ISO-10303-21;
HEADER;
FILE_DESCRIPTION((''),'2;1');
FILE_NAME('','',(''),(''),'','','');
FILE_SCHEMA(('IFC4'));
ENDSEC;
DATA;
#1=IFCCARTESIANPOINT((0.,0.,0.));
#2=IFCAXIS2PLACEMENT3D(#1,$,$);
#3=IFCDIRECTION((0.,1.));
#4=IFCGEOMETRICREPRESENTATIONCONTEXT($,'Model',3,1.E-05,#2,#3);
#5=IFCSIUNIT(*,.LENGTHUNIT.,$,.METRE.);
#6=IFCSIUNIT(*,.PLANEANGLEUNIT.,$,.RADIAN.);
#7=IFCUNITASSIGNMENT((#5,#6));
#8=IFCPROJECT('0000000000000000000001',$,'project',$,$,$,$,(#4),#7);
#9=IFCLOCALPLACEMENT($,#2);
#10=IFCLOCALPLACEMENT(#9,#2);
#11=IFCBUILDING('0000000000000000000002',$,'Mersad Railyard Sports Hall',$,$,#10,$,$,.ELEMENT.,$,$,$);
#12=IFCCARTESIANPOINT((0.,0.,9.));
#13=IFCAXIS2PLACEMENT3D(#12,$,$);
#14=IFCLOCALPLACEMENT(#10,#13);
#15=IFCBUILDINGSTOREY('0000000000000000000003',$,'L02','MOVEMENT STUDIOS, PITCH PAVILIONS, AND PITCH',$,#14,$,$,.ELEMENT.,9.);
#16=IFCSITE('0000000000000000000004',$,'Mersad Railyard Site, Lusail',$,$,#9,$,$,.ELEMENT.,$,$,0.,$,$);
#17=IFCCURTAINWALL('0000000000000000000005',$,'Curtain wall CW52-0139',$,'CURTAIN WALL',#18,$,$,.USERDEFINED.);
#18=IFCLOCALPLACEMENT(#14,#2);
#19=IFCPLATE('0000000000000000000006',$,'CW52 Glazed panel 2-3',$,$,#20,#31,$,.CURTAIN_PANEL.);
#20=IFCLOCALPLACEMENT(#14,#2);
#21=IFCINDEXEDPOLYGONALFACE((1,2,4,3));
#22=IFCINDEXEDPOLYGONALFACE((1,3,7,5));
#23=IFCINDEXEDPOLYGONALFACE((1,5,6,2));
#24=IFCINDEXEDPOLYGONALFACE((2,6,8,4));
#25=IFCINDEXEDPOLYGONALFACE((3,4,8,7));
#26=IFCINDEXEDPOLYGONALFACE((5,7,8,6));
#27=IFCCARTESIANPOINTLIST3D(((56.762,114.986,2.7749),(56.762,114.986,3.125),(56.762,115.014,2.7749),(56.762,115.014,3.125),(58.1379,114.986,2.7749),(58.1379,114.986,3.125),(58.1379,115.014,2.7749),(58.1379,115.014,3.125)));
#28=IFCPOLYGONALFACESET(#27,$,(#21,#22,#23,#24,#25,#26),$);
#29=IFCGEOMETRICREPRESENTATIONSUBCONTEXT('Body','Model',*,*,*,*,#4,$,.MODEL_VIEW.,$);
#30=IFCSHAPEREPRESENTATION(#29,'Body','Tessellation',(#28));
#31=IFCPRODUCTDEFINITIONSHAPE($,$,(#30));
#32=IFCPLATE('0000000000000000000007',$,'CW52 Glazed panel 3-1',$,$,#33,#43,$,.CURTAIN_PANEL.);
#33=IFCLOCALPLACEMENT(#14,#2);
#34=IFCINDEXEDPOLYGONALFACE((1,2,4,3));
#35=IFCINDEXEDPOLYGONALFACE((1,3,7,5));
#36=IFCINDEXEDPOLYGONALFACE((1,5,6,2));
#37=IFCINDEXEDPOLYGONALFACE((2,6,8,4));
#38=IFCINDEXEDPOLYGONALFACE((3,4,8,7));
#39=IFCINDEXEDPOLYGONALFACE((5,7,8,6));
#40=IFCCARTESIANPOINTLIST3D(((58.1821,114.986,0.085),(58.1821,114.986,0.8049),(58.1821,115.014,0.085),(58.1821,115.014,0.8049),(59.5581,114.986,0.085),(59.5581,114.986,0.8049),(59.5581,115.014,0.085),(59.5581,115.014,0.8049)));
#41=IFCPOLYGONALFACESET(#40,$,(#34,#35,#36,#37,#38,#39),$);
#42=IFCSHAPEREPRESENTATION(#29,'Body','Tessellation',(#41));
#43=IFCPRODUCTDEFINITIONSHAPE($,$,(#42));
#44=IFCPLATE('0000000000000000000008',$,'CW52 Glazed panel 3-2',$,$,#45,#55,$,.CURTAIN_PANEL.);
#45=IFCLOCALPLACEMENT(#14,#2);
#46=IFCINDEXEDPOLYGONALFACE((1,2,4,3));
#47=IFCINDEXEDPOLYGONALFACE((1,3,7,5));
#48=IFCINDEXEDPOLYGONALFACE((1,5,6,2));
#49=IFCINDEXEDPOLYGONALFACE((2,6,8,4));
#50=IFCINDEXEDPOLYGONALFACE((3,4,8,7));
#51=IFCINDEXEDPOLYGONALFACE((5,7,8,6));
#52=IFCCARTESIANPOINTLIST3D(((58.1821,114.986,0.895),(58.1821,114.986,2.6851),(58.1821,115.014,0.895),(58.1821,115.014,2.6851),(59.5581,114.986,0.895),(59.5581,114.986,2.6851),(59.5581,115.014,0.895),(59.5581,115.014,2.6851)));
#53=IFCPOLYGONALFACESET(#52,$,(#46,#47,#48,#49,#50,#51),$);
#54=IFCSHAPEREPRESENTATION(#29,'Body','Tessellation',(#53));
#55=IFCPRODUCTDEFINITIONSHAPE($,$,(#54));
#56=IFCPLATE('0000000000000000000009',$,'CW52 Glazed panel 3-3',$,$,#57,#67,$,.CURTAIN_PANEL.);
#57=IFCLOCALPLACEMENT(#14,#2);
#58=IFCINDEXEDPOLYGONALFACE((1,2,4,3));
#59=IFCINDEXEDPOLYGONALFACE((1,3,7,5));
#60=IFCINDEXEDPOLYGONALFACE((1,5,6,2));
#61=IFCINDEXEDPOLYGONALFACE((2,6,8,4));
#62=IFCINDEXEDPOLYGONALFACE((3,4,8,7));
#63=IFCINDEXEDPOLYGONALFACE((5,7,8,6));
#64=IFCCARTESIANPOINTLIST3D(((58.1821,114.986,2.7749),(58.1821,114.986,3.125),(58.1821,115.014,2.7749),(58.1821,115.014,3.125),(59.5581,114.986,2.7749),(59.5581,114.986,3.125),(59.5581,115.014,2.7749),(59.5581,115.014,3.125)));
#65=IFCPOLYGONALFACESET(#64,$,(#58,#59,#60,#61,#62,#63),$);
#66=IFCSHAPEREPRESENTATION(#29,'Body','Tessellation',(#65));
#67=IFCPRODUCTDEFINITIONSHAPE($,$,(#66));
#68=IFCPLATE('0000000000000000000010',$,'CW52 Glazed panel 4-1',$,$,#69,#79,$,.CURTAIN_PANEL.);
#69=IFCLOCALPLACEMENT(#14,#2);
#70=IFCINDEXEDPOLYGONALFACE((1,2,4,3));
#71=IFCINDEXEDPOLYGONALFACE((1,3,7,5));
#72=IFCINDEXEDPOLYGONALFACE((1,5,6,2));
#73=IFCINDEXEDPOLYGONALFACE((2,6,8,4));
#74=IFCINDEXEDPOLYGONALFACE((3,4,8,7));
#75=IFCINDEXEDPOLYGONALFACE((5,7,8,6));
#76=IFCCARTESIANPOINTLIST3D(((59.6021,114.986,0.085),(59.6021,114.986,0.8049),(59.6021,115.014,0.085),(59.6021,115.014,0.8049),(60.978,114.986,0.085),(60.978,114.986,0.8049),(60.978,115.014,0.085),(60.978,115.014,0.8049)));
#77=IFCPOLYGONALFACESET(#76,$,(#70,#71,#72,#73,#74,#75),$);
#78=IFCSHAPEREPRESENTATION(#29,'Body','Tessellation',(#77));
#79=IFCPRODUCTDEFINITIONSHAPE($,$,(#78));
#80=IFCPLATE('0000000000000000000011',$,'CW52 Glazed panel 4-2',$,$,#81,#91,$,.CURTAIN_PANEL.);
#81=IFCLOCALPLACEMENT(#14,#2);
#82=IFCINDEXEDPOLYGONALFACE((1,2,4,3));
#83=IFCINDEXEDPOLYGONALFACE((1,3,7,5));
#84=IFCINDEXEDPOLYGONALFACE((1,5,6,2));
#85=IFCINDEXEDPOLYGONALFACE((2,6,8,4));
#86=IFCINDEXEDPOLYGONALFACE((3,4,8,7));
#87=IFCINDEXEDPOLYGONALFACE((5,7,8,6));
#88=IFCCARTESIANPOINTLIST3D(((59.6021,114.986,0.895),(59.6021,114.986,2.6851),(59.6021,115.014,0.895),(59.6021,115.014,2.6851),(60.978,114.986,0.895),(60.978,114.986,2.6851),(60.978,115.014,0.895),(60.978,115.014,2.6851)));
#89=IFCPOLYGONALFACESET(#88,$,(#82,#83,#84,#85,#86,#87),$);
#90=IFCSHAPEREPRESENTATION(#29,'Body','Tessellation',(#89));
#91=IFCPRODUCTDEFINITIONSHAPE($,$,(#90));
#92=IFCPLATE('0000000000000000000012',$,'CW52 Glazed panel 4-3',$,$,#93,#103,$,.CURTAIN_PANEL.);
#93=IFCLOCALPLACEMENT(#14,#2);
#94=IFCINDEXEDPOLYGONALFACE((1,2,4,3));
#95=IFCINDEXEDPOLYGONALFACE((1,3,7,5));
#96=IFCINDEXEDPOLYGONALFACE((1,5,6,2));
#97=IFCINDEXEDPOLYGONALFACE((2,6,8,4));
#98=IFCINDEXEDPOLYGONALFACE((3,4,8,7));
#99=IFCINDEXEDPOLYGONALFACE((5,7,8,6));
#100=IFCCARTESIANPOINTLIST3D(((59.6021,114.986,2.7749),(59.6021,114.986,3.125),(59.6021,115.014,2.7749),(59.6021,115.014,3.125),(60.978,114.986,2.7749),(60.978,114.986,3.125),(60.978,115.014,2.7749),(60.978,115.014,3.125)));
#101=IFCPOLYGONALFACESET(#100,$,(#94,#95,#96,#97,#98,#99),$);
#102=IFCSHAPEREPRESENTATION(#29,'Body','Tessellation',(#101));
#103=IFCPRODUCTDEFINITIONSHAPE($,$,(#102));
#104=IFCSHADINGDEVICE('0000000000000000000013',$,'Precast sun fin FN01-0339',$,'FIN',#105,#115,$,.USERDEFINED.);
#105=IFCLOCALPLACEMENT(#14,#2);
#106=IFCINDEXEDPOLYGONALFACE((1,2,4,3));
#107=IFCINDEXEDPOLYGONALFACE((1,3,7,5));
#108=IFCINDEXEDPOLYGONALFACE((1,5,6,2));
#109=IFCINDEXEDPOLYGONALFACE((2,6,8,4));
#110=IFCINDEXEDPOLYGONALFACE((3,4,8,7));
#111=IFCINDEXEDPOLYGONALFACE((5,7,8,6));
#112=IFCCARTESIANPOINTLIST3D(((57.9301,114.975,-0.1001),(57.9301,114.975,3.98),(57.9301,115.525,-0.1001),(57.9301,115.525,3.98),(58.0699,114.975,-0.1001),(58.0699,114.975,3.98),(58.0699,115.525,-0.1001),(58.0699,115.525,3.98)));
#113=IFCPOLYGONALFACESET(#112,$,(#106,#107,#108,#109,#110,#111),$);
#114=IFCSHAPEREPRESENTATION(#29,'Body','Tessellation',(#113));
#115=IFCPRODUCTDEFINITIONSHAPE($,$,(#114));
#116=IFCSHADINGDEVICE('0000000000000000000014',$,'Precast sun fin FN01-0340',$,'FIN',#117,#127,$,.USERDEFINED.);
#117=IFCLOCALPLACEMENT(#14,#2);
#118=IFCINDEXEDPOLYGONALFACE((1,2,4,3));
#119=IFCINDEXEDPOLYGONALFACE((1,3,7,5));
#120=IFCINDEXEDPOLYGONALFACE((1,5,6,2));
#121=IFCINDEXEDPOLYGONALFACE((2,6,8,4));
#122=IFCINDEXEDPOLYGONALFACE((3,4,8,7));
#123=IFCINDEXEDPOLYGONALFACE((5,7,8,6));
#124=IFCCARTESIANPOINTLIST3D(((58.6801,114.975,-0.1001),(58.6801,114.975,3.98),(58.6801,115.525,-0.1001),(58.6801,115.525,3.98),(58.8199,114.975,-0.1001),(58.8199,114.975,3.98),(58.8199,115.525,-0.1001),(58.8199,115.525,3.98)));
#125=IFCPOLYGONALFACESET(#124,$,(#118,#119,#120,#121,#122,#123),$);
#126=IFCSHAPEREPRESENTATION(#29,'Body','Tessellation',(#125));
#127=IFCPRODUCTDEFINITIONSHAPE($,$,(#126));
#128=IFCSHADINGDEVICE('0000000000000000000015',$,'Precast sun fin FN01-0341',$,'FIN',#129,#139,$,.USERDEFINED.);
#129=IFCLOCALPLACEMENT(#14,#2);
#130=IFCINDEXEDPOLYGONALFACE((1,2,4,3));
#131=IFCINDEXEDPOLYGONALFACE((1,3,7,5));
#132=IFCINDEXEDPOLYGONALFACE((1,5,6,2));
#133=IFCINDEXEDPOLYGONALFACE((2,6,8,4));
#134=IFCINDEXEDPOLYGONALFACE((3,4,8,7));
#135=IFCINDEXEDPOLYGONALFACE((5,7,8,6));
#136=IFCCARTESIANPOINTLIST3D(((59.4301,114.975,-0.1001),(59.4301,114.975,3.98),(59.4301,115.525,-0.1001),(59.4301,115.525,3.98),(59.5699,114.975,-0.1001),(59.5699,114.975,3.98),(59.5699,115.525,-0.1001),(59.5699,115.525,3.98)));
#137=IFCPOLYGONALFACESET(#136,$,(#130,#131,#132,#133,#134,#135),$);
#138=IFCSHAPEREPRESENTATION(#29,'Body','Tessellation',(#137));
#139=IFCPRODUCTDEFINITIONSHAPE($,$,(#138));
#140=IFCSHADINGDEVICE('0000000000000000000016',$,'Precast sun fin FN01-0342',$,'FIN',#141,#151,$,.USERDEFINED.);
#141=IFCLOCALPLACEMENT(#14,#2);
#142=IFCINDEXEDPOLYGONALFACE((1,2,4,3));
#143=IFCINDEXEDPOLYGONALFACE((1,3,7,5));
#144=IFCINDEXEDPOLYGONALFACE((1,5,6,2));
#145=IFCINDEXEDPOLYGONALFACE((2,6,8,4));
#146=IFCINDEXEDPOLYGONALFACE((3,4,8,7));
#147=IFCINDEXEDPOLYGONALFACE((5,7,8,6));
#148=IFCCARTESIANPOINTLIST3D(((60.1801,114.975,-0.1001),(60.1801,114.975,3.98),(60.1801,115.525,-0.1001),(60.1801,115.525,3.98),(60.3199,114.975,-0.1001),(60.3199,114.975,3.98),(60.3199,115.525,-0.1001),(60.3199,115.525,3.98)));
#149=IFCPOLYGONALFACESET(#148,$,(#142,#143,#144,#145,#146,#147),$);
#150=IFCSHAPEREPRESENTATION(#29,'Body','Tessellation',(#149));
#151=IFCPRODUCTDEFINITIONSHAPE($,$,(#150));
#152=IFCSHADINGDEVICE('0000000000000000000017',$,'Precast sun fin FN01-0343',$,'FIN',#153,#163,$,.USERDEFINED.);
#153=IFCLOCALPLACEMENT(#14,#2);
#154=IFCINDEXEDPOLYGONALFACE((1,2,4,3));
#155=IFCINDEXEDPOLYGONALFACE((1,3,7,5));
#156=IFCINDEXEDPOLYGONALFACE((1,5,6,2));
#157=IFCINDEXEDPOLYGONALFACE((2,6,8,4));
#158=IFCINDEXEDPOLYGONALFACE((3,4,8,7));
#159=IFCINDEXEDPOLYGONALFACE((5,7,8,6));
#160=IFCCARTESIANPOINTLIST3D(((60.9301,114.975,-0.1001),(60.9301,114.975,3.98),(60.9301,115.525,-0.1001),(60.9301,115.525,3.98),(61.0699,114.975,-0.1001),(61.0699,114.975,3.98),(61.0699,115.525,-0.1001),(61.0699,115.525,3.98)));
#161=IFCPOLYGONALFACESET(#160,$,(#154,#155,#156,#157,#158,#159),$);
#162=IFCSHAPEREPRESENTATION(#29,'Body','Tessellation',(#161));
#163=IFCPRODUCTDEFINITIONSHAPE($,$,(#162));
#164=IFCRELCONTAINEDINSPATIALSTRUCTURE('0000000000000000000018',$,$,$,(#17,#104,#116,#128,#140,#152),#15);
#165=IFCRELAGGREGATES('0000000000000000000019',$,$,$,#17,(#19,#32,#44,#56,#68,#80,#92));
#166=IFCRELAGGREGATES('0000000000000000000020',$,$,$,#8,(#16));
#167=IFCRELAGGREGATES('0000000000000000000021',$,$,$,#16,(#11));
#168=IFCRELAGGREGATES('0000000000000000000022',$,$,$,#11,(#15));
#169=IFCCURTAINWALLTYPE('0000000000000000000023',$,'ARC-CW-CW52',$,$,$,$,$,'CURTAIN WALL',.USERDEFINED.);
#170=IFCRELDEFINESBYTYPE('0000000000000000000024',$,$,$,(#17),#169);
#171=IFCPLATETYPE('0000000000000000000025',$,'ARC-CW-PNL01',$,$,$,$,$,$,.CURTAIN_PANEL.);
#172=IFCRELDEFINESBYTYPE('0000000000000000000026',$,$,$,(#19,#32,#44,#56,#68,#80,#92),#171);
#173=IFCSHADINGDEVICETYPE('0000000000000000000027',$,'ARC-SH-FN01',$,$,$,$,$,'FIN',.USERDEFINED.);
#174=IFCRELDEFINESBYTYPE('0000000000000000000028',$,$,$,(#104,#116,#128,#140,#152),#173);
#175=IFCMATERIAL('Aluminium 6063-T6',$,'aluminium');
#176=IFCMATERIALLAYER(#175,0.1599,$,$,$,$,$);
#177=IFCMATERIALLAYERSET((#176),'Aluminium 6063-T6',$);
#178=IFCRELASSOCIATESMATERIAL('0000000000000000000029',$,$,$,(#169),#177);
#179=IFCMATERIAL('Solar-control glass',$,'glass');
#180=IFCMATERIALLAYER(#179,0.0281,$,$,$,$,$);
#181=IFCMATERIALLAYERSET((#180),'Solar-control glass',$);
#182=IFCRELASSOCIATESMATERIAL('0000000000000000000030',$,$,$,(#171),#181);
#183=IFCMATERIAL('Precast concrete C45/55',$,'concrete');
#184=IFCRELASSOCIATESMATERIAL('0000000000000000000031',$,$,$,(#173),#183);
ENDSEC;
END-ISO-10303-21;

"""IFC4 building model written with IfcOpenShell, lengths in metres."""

from ifc_helpers import new_model, si_unit, direction, frame, origin, origin_2d, place, context, subcontext, project, spatial, rectangle, extrude, material, layer, layer_set, type_object, element, aggregate, save


model = new_model("IFC4")

# Units and contexts
model_context = context("Model", 3, precision=1e-05, world=origin(), true_north=direction((0.0, 1.0)))
body_context = subcontext(model_context, "Body", "Model", "MODEL_VIEW")
ifc_project = project(units=[si_unit("LENGTHUNIT", "METRE"), si_unit("PLANEANGLEUNIT", "RADIAN")], contexts=[model_context])

# Site, building, storey
site_placement = place(None, origin())
site = spatial("IfcSite", under=ifc_project, at=site_placement, Name="Mersad Railyard Site, Lusail", CompositionType="ELEMENT", RefElevation=0.0)
building_placement = place(site_placement, origin())
building = spatial("IfcBuilding", under=site, at=building_placement, Name="Mersad Railyard Sports Hall", CompositionType="ELEMENT")
storey_placement = place(building_placement, frame((0.0, 0.0, 9.0)))
storey = spatial("IfcBuildingStorey", under=building, at=storey_placement, Name="L02", Description="MOVEMENT STUDIOS, PITCH PAVILIONS, AND PITCH", CompositionType="ELEMENT", Elevation=9.0)

# Curtain wall, plates
ifc_material_1 = material(Name="Aluminium 6063-T6", Category="aluminium")
ifc_layer_1 = layer(ifc_material_1, 0.1599)
ifc_layer_set_1 = layer_set([ifc_layer_1], Name="Aluminium 6063-T6")
curtain_wall_type = type_object("IfcCurtainWallType", Name="ARC-CW-CW52", ElementType="CURTAIN WALL", PredefinedType="USERDEFINED", material=ifc_layer_set_1)
curtain_wall_placement = place(storey_placement, origin())
curtain_wall = element("IfcCurtainWall", 1, at=curtain_wall_placement, inside=storey, type_object=curtain_wall_type, Name="Curtain wall CW52-0139", ObjectType="CURTAIN WALL", PredefinedType="USERDEFINED")
ifc_material_2 = material(Name="Solar-control glass", Category="glass")
ifc_layer_2 = layer(ifc_material_2, 0.0281)
ifc_layer_set_2 = layer_set([ifc_layer_2], Name="Solar-control glass")
plate_type = type_object("IfcPlateType", Name="ARC-CW-PNL01", PredefinedType="CURTAIN_PANEL", material=ifc_layer_set_2)
plate_1_placement = place(storey_placement, frame((57.45, 115.0, 2.7749), z_axis=(0.0, 0.0, 1.0), x_axis=(1.0, 0.0, 0.0)))
plate_1 = element("IfcPlate", 2, at=plate_1_placement, type_object=plate_type, Name="CW52 Glazed panel 2-3", PredefinedType="CURTAIN_PANEL", context=body_context, shape_type="SweptSolid", body=[
    extrude(rectangle(XDim=1.376, YDim=0.0281, at=origin_2d()), origin(), (0.0, 0.0, 1.0), 0.3501),
])
plate_2_placement = place(storey_placement, frame((58.8701, 115.0, 0.085), z_axis=(0.0, 0.0, 1.0), x_axis=(1.0, 0.0, 0.0)))
plate_2 = element("IfcPlate", 3, at=plate_2_placement, type_object=plate_type, Name="CW52 Glazed panel 3-1", PredefinedType="CURTAIN_PANEL", context=body_context, shape_type="SweptSolid", body=[
    extrude(rectangle(XDim=1.376, YDim=0.0281, at=origin_2d()), origin(), (0.0, 0.0, 1.0), 0.72),
])
plate_3_placement = place(storey_placement, frame((58.8701, 115.0, 0.895), z_axis=(0.0, 0.0, 1.0), x_axis=(1.0, 0.0, 0.0)))
plate_3 = element("IfcPlate", 4, at=plate_3_placement, type_object=plate_type, Name="CW52 Glazed panel 3-2", PredefinedType="CURTAIN_PANEL", context=body_context, shape_type="SweptSolid", body=[
    extrude(rectangle(XDim=1.376, YDim=0.0281, at=origin_2d()), origin(), (0.0, 0.0, 1.0), 1.79),
])
plate_4_placement = place(storey_placement, frame((58.8701, 115.0, 2.7749), z_axis=(0.0, 0.0, 1.0), x_axis=(1.0, 0.0, 0.0)))
plate_4 = element("IfcPlate", 5, at=plate_4_placement, type_object=plate_type, Name="CW52 Glazed panel 3-3", PredefinedType="CURTAIN_PANEL", context=body_context, shape_type="SweptSolid", body=[
    extrude(rectangle(XDim=1.376, YDim=0.0281, at=origin_2d()), origin(), (0.0, 0.0, 1.0), 0.3501),
])
plate_5_placement = place(storey_placement, frame((60.29, 115.0, 0.085), z_axis=(0.0, 0.0, 1.0), x_axis=(1.0, 0.0, 0.0)))
plate_5 = element("IfcPlate", 6, at=plate_5_placement, type_object=plate_type, Name="CW52 Glazed panel 4-1", PredefinedType="CURTAIN_PANEL", context=body_context, shape_type="SweptSolid", body=[
    extrude(rectangle(XDim=1.376, YDim=0.0281, at=origin_2d()), origin(), (0.0, 0.0, 1.0), 0.72),
])
plate_6_placement = place(storey_placement, frame((60.29, 115.0, 0.895), z_axis=(0.0, 0.0, 1.0), x_axis=(1.0, 0.0, 0.0)))
plate_6 = element("IfcPlate", 7, at=plate_6_placement, type_object=plate_type, Name="CW52 Glazed panel 4-2", PredefinedType="CURTAIN_PANEL", context=body_context, shape_type="SweptSolid", body=[
    extrude(rectangle(XDim=1.376, YDim=0.0281, at=origin_2d()), origin(), (0.0, 0.0, 1.0), 1.79),
])
plate_7_placement = place(storey_placement, frame((60.29, 115.0, 2.7749), z_axis=(0.0, 0.0, 1.0), x_axis=(1.0, 0.0, 0.0)))
plate_7 = element("IfcPlate", 8, at=plate_7_placement, type_object=plate_type, Name="CW52 Glazed panel 4-3", PredefinedType="CURTAIN_PANEL", context=body_context, shape_type="SweptSolid", body=[
    extrude(rectangle(XDim=1.376, YDim=0.0281, at=origin_2d()), origin(), (0.0, 0.0, 1.0), 0.3501),
])
aggregate(curtain_wall, [plate_1, plate_2, plate_3, plate_4, plate_5, plate_6, plate_7])

# Shading devices
ifc_material_3 = material(Name="Precast concrete C45/55", Category="concrete")
shading_device_type = type_object("IfcShadingDeviceType", Name="ARC-SH-FN01", ElementType="FIN", PredefinedType="USERDEFINED", material=ifc_material_3)
for number, where, z_axis, x_axis, name in (
    (9, (58.0, 115.25, -0.1001), (0.0, 0.0, 1.0), (1.0, 0.0, 0.0), "Precast sun fin FN01-0339"),
    (10, (58.75, 115.25, -0.1001), (0.0, 0.0, 1.0), (1.0, 0.0, 0.0), "Precast sun fin FN01-0340"),
    (11, (59.5, 115.25, -0.1001), (0.0, 0.0, 1.0), (1.0, 0.0, 0.0), "Precast sun fin FN01-0341"),
    (12, (60.25, 115.25, -0.1001), (0.0, 0.0, 1.0), (1.0, 0.0, 0.0), "Precast sun fin FN01-0342"),
    (13, (61.0, 115.25, -0.1001), (0.0, 0.0, 1.0), (1.0, 0.0, 0.0), "Precast sun fin FN01-0343"),
):
    element("IfcShadingDevice", number, at=place(storey_placement, frame(where, z_axis=z_axis, x_axis=x_axis)), inside=storey, type_object=shading_device_type, Name=name, ObjectType="FIN", PredefinedType="USERDEFINED", context=body_context, shape_type="SweptSolid", body=[
        extrude(rectangle(XDim=0.1399, YDim=0.55, at=origin_2d()), origin(), (0.0, 0.0, 1.0), 4.0801),
    ])

save(model, "model.ifc")
